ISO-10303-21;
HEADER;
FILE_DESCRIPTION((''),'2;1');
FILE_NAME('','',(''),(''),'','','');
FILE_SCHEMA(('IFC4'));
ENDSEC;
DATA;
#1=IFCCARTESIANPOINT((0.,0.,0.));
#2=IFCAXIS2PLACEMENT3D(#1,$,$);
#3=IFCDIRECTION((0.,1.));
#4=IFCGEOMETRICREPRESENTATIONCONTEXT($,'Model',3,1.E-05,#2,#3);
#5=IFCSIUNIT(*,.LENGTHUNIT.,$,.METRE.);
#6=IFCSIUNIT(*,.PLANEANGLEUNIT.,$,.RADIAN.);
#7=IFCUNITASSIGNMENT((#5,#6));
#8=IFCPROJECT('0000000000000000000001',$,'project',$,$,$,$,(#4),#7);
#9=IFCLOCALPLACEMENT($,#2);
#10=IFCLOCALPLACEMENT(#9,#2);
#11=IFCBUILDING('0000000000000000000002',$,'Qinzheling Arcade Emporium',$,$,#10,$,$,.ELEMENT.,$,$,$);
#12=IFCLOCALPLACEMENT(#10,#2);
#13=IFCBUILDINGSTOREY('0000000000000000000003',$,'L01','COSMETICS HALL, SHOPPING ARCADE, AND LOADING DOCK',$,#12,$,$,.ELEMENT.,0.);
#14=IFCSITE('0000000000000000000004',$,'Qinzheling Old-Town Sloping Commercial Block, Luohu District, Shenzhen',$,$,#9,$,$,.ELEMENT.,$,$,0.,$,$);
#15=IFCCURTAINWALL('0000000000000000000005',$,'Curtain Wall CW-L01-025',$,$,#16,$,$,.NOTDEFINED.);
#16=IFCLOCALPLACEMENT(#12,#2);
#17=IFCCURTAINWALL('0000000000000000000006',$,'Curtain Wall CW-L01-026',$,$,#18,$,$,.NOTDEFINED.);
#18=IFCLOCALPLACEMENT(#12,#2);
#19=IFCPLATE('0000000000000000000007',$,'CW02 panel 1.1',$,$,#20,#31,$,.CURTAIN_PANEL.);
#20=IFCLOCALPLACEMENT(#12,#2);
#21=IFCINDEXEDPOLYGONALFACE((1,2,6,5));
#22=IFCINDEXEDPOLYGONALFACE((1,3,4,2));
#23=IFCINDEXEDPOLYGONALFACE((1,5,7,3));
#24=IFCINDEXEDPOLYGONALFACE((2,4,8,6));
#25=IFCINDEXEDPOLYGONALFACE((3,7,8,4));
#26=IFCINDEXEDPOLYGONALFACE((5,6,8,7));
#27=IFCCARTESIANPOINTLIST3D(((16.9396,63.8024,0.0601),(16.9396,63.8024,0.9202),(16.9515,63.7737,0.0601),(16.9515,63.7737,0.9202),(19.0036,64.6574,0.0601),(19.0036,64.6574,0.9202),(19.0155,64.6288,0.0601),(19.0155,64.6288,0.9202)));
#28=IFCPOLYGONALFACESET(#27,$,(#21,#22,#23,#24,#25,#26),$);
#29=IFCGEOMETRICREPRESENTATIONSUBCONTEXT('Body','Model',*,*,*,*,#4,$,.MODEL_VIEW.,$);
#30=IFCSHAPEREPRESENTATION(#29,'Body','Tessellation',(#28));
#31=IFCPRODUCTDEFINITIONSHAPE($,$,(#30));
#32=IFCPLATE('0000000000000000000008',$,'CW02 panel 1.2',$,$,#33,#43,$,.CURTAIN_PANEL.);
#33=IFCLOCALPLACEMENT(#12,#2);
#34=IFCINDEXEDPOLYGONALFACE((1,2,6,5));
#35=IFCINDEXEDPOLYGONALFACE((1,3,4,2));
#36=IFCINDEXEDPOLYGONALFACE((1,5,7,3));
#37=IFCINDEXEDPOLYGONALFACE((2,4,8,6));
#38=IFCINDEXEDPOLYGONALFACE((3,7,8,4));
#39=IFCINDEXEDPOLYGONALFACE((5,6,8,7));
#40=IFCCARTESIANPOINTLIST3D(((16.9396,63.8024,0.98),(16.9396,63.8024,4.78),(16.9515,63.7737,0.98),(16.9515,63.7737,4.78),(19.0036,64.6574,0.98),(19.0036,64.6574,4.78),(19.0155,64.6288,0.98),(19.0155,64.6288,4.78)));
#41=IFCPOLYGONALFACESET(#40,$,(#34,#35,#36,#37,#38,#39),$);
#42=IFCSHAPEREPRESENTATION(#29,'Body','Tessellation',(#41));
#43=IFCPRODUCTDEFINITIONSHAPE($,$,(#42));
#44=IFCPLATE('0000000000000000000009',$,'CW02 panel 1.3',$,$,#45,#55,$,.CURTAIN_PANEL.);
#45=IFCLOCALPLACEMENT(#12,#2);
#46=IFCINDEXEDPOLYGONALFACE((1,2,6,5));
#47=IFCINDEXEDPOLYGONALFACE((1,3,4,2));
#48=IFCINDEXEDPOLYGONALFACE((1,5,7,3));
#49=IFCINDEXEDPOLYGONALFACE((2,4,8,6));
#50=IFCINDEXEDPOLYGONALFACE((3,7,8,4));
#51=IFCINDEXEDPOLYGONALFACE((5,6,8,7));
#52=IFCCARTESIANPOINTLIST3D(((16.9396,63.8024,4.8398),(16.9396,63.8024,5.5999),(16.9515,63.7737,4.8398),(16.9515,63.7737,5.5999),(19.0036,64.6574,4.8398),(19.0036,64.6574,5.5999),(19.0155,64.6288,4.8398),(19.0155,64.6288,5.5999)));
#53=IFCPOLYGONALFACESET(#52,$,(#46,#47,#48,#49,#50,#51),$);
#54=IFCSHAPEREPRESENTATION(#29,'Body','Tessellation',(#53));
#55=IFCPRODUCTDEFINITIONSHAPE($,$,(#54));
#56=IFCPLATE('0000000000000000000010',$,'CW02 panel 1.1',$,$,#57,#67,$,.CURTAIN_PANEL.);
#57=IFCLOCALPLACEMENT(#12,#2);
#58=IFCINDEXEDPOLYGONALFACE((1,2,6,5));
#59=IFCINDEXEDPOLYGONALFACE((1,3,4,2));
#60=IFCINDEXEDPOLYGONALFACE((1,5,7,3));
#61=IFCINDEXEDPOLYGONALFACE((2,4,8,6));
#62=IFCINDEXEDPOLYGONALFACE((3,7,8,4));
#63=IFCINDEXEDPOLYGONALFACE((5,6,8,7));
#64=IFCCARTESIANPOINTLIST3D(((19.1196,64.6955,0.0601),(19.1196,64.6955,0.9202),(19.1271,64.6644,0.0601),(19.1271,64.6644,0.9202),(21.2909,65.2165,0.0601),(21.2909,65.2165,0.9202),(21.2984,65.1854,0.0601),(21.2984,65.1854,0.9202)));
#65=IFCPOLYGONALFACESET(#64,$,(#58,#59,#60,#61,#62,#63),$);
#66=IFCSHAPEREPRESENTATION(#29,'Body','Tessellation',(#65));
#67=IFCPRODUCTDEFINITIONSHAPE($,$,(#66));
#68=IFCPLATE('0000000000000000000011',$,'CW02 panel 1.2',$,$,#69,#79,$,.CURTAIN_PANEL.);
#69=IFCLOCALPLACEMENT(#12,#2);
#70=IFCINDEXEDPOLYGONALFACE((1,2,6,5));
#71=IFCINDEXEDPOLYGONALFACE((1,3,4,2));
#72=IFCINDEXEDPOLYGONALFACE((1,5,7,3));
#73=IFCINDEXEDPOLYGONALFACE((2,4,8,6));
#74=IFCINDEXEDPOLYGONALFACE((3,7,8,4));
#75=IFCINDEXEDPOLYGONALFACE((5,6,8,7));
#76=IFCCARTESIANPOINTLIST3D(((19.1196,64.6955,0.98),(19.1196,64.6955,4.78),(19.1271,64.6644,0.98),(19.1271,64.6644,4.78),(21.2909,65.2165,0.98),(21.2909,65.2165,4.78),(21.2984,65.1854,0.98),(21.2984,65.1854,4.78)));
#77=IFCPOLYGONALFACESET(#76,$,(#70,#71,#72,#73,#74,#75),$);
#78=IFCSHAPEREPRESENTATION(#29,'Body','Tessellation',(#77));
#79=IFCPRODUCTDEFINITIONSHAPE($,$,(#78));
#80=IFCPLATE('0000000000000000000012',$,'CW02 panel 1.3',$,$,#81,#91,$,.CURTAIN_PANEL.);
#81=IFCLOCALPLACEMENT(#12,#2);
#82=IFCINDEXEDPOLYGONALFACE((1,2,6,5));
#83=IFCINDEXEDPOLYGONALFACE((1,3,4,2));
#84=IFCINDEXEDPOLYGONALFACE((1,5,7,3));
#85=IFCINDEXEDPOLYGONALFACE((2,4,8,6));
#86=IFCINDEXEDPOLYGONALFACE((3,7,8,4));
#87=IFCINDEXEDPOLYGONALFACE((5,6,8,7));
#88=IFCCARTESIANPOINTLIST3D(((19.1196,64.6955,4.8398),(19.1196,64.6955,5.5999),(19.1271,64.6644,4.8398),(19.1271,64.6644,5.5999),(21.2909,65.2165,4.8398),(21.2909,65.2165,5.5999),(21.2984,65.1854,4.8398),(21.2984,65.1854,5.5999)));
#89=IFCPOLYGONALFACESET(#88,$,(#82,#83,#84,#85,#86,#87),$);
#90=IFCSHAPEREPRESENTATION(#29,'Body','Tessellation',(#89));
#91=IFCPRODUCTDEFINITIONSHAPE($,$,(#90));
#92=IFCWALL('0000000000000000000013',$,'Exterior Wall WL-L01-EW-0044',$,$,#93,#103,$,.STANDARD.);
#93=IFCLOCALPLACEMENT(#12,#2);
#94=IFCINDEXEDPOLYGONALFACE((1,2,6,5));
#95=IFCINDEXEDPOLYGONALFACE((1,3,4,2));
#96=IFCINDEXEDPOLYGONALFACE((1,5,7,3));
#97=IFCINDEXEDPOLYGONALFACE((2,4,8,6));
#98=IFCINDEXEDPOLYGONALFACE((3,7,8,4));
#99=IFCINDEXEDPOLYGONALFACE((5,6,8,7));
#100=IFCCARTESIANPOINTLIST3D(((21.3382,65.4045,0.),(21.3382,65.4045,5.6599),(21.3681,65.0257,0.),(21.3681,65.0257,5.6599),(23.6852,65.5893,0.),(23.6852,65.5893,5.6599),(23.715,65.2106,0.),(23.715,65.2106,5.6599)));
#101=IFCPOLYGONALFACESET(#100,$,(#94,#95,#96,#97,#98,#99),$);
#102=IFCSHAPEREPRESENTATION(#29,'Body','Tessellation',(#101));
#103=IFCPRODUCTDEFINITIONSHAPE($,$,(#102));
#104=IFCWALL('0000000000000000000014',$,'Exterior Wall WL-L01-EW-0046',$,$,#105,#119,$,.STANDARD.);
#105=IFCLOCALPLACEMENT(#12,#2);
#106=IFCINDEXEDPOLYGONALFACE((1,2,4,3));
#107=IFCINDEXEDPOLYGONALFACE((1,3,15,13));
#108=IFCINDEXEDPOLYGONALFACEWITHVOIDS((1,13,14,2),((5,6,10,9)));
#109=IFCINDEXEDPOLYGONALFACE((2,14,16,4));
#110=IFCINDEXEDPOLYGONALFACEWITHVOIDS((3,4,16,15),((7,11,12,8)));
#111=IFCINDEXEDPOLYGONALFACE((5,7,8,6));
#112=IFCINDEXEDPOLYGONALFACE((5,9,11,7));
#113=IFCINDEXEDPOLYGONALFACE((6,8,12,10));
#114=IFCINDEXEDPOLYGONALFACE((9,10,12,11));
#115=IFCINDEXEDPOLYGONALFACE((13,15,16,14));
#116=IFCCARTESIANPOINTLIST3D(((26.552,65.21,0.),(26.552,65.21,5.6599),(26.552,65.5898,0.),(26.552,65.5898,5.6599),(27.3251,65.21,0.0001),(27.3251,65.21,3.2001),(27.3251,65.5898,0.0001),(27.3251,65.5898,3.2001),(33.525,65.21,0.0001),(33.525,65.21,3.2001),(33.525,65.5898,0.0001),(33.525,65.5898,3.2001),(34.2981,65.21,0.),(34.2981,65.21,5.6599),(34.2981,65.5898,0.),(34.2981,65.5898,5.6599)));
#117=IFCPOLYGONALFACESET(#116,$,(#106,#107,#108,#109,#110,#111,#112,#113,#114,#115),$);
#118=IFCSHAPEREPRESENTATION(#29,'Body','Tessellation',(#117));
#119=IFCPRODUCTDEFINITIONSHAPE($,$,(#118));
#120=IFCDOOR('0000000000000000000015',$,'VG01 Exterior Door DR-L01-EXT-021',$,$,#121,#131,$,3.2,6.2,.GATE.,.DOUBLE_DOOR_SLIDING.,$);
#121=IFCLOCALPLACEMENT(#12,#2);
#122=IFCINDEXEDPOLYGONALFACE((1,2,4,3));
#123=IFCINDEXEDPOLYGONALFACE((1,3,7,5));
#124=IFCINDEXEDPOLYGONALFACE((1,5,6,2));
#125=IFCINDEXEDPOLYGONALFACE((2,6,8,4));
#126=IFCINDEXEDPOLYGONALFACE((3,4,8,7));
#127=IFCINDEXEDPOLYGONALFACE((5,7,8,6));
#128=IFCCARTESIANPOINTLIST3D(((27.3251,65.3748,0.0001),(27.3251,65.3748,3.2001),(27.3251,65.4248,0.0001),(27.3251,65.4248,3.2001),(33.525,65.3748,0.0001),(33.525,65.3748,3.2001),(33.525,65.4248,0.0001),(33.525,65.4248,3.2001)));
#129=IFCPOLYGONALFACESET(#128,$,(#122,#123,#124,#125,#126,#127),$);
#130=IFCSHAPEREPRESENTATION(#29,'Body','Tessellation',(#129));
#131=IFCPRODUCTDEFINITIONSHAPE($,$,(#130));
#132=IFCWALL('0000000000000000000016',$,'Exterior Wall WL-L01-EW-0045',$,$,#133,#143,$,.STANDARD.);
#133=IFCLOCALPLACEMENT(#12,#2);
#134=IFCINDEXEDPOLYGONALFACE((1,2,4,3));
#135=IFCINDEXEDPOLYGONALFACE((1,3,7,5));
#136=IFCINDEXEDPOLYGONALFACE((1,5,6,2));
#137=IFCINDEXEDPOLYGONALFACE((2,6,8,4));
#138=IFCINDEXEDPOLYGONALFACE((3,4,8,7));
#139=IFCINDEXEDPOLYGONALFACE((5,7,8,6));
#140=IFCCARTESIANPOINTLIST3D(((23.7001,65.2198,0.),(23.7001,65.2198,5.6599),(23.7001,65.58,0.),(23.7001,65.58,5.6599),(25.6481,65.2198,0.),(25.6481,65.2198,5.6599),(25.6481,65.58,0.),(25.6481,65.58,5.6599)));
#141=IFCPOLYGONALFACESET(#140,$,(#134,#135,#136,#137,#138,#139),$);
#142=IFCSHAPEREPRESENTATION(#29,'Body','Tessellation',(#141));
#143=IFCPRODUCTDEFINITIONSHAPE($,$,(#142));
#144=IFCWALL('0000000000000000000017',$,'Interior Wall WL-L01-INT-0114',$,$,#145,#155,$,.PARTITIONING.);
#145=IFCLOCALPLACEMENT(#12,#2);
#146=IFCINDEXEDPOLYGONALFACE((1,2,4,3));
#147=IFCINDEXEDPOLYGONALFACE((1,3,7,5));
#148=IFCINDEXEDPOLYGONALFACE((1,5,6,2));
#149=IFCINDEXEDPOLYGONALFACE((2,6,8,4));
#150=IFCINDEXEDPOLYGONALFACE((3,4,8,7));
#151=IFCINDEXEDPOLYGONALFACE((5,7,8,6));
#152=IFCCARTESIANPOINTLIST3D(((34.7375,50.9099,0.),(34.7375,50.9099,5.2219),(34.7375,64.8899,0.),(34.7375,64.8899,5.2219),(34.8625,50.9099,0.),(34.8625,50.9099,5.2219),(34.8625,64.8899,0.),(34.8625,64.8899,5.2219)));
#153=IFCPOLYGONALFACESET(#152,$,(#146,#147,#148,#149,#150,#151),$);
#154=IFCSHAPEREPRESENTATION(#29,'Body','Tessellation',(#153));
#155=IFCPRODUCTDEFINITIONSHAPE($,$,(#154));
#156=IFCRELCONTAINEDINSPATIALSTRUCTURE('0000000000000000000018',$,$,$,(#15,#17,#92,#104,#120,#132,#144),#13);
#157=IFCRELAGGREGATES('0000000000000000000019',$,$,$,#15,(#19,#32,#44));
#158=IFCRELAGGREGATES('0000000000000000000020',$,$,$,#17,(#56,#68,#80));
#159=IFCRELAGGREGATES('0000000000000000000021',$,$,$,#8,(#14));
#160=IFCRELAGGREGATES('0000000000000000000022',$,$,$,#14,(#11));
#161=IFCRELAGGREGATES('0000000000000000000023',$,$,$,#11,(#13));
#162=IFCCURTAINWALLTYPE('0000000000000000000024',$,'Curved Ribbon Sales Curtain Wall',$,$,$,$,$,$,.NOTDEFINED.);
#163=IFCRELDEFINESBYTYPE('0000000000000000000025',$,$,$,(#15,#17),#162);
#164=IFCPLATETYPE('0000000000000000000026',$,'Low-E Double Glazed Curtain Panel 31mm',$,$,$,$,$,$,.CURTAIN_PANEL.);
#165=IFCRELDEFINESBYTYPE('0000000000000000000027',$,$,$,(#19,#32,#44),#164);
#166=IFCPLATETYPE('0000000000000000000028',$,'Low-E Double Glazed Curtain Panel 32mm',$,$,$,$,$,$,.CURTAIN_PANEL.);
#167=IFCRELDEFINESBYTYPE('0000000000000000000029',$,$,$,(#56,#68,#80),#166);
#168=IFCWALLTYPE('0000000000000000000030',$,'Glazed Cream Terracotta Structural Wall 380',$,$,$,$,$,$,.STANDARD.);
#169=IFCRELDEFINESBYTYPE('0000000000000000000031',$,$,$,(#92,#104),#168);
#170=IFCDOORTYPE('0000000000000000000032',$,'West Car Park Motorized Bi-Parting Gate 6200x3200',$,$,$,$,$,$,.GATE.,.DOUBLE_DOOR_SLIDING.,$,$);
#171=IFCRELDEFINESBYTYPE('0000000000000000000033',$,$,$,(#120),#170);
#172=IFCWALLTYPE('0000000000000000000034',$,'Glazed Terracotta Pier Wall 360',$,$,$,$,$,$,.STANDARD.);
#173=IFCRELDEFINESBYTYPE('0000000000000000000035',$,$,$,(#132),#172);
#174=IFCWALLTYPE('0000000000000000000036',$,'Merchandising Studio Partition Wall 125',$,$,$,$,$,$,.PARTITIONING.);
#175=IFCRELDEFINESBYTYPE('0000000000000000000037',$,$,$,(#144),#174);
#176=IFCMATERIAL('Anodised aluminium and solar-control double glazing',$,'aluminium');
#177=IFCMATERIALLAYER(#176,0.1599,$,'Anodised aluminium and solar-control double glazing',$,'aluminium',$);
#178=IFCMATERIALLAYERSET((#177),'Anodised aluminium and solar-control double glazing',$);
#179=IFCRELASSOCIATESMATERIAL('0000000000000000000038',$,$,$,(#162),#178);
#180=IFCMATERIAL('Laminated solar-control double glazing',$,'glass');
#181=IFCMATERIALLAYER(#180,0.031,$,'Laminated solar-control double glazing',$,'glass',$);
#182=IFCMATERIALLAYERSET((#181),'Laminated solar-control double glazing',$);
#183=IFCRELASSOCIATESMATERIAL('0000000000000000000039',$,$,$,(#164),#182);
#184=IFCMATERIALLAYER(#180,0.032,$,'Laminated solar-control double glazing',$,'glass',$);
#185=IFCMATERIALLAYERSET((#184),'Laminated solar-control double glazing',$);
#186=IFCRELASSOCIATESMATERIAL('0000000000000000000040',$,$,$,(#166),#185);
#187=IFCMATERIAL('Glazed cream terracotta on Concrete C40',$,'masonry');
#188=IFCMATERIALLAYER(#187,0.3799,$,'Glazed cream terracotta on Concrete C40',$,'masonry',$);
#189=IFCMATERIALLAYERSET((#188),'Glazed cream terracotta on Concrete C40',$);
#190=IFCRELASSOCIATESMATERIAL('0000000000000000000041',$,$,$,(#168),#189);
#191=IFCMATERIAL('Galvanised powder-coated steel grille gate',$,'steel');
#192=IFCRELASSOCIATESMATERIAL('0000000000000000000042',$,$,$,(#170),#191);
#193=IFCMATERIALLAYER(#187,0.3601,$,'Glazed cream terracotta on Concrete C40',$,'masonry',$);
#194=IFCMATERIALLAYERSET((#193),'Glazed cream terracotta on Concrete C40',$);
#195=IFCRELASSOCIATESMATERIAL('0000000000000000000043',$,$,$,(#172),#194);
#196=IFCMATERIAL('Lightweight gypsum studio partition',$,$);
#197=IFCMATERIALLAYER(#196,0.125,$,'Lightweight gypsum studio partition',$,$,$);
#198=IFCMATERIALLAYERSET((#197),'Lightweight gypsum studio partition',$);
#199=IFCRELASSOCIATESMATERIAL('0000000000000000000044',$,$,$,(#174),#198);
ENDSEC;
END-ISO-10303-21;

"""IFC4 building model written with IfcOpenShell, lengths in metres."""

from ifc_helpers import new_model, si_unit, direction, frame, frame_2d, origin, origin_2d, place, context, subcontext, project, spatial, rectangle, extrude, material, layer, layer_set, type_object, element, fill, aggregate, save


model = new_model("IFC4")

# Units and contexts
model_context = context("Model", 3, precision=1e-05, world=origin(), true_north=direction((0.0, 1.0)))
body_context = subcontext(model_context, "Body", "Model", "MODEL_VIEW")
ifc_project = project(units=[si_unit("LENGTHUNIT", "METRE"), si_unit("PLANEANGLEUNIT", "RADIAN")], contexts=[model_context])

# Site, building, storey
site_placement = place(None, origin())
site = spatial("IfcSite", under=ifc_project, at=site_placement, Name="Qinzheling Old-Town Sloping Commercial Block, Luohu District, Shenzhen", CompositionType="ELEMENT", RefElevation=0.0)
building_placement = place(site_placement, origin())
building = spatial("IfcBuilding", under=site, at=building_placement, Name="Qinzheling Arcade Emporium", CompositionType="ELEMENT")
storey_placement = place(building_placement, origin())
storey = spatial("IfcBuildingStorey", under=building, at=storey_placement, Name="L01", Description="COSMETICS HALL, SHOPPING ARCADE, AND LOADING DOCK", CompositionType="ELEMENT", Elevation=0.0)

# Curtain walls
ifc_material_1 = material(Name="Anodised aluminium and solar-control double glazing", Category="aluminium")
ifc_layer_1 = layer(ifc_material_1, 0.1599, Name="Anodised aluminium and solar-control double glazing", Category="aluminium")
ifc_layer_set_1 = layer_set([ifc_layer_1], Name="Anodised aluminium and solar-control double glazing")
curtain_wall_type = type_object("IfcCurtainWallType", Name="Curved Ribbon Sales Curtain Wall", PredefinedType="NOTDEFINED", material=ifc_layer_set_1)
curtain_wall_1_placement = place(storey_placement, origin())
curtain_wall_1 = element("IfcCurtainWall", 1, at=curtain_wall_1_placement, inside=storey, type_object=curtain_wall_type, Name="Curtain Wall CW-L01-025", PredefinedType="NOTDEFINED")
curtain_wall_2_placement = place(storey_placement, origin())
curtain_wall_2 = element("IfcCurtainWall", 2, at=curtain_wall_2_placement, inside=storey, type_object=curtain_wall_type, Name="Curtain Wall CW-L01-026", PredefinedType="NOTDEFINED")

# Plates
ifc_material_2 = material(Name="Laminated solar-control double glazing", Category="glass")
ifc_layer_2 = layer(ifc_material_2, 0.031, Name="Laminated solar-control double glazing", Category="glass")
ifc_layer_set_2 = layer_set([ifc_layer_2], Name="Laminated solar-control double glazing")
plate_type_1 = type_object("IfcPlateType", Name="Low-E Double Glazed Curtain Panel 31mm", PredefinedType="CURTAIN_PANEL", material=ifc_layer_set_2)
plate_1_placement = place(storey_placement, frame((17.9775, 64.2156, 0.0601), z_axis=(0.0, 0.0, 1.0), x_axis=(0.923867, 0.382714, 0.0)))
plate_1 = element("IfcPlate", 3, at=plate_1_placement, type_object=plate_type_1, Name="CW02 panel 1.1", PredefinedType="CURTAIN_PANEL", context=body_context, shape_type="SweptSolid", body=[
    extrude(rectangle(XDim=2.2341, YDim=0.031, at=origin_2d()), origin(), (0.0, 0.0, 1.0), 0.8601),
])
plate_2_placement = place(storey_placement, frame((17.9775, 64.2156, 0.98), z_axis=(0.0, 0.0, 1.0), x_axis=(0.923867, 0.382714, 0.0)))
plate_2 = element("IfcPlate", 4, at=plate_2_placement, type_object=plate_type_1, Name="CW02 panel 1.2", PredefinedType="CURTAIN_PANEL", context=body_context, shape_type="SweptSolid", body=[
    extrude(rectangle(XDim=2.2341, YDim=0.031, at=origin_2d()), origin(), (0.0, 0.0, 1.0), 3.8),
])
plate_3_placement = place(storey_placement, frame((17.9775, 64.2156, 4.8398), z_axis=(0.0, 0.0, 1.0), x_axis=(0.923867, 0.382714, 0.0)))
plate_3 = element("IfcPlate", 5, at=plate_3_placement, type_object=plate_type_1, Name="CW02 panel 1.3", PredefinedType="CURTAIN_PANEL", context=body_context, shape_type="SweptSolid", body=[
    extrude(rectangle(XDim=2.2341, YDim=0.031, at=origin_2d()), origin(), (0.0, 0.0, 1.0), 0.76),
])
aggregate(curtain_wall_1, [plate_1, plate_2, plate_3])
ifc_layer_3 = layer(ifc_material_2, 0.032, Name="Laminated solar-control double glazing", Category="glass")
ifc_layer_set_3 = layer_set([ifc_layer_3], Name="Laminated solar-control double glazing")
plate_type_2 = type_object("IfcPlateType", Name="Low-E Double Glazed Curtain Panel 32mm", PredefinedType="CURTAIN_PANEL", material=ifc_layer_set_3)
plate_4_placement = place(storey_placement, frame((20.209, 64.9404, 0.0601), z_axis=(0.0, 0.0, 1.0), x_axis=(0.972399, 0.233325, 0.0)))
plate_4 = element("IfcPlate", 6, at=plate_4_placement, type_object=plate_type_2, Name="CW02 panel 1.1", PredefinedType="CURTAIN_PANEL", context=body_context, shape_type="SweptSolid", body=[
    extrude(rectangle(XDim=2.2329, YDim=0.032, at=origin_2d()), origin(), (0.0, 0.0, 1.0), 0.8601),
])
plate_5_placement = place(storey_placement, frame((20.209, 64.9404, 0.98), z_axis=(0.0, 0.0, 1.0), x_axis=(0.972399, 0.233325, 0.0)))
plate_5 = element("IfcPlate", 7, at=plate_5_placement, type_object=plate_type_2, Name="CW02 panel 1.2", PredefinedType="CURTAIN_PANEL", context=body_context, shape_type="SweptSolid", body=[
    extrude(rectangle(XDim=2.2329, YDim=0.032, at=origin_2d()), origin(), (0.0, 0.0, 1.0), 3.8),
])
plate_6_placement = place(storey_placement, frame((20.209, 64.9404, 4.8398), z_axis=(0.0, 0.0, 1.0), x_axis=(0.972399, 0.233325, 0.0)))
plate_6 = element("IfcPlate", 8, at=plate_6_placement, type_object=plate_type_2, Name="CW02 panel 1.3", PredefinedType="CURTAIN_PANEL", context=body_context, shape_type="SweptSolid", body=[
    extrude(rectangle(XDim=2.2329, YDim=0.032, at=origin_2d()), origin(), (0.0, 0.0, 1.0), 0.76),
])
aggregate(curtain_wall_2, [plate_4, plate_5, plate_6])

# Wall
ifc_material_3 = material(Name="Glazed cream terracotta on Concrete C40", Category="masonry")
ifc_layer_4 = layer(ifc_material_3, 0.3799, Name="Glazed cream terracotta on Concrete C40", Category="masonry")
ifc_layer_set_4 = layer_set([ifc_layer_4], Name="Glazed cream terracotta on Concrete C40")
wall_type_1 = type_object("IfcWallType", Name="Glazed Cream Terracotta Structural Wall 380", PredefinedType="STANDARD", material=ifc_layer_set_4)
wall_1_placement = place(storey_placement, frame((21.353, 65.2151, 0.0), z_axis=(0.0, 0.0, 1.0), x_axis=(0.996914, 0.078504, 0.0)))
element("IfcWall", 9, at=wall_1_placement, inside=storey, type_object=wall_type_1, Name="Exterior Wall WL-L01-EW-0044", PredefinedType="STANDARD", context=body_context, shape_type="SweptSolid", body=[
    extrude(rectangle(XDim=2.3542, YDim=0.3799, at=frame_2d((1.1772, 0.0))), origin(), (0.0, 0.0, 1.0), 5.6599),
])

# Wall, opening, door
wall_2_placement = place(storey_placement, frame((26.552, 65.3999, 0.0), z_axis=(0.0, 0.0, 1.0), x_axis=(1.0, 0.0, 0.0)))
wall_2 = element("IfcWall", 10, at=wall_2_placement, inside=storey, type_object=wall_type_1, Name="Exterior Wall WL-L01-EW-0046", PredefinedType="STANDARD", context=body_context, shape_type="SweptSolid", body=[
    extrude(rectangle(XDim=7.7461, YDim=0.3799, at=frame_2d((3.873, 0.0))), origin(), (0.0, 0.0, 1.0), 5.6599),
])
opening_placement = place(wall_2_placement, frame((0.7729, 0.0, 0.0)))
opening = element("IfcOpeningElement", 11, at=opening_placement, cuts=wall_2, PredefinedType="OPENING", context=body_context, shape_type="SweptSolid", body=[
    extrude(rectangle(XDim=6.2, YDim=3.2, at=frame_2d((3.1001, 1.6001))), frame((0.0, 0.2, 0.0), z_axis=(0.0, -1.0, 0.0), x_axis=(1.0, 0.0, 0.0)), (0.0, 0.0, 1.0), 0.3999),
])
ifc_material_4 = material(Name="Galvanised powder-coated steel grille gate", Category="steel")
door_type = type_object("IfcDoorType", Name="West Car Park Motorized Bi-Parting Gate 6200x3200", OperationType="DOUBLE_DOOR_SLIDING", PredefinedType="GATE", material=ifc_material_4)
door_placement = place(opening_placement, origin())
door = element("IfcDoor", 12, at=door_placement, inside=storey, type_object=door_type, Name="VG01 Exterior Door DR-L01-EXT-021", OperationType="DOUBLE_DOOR_SLIDING", OverallHeight=3.2, OverallWidth=6.2, PredefinedType="GATE", context=body_context, shape_type="SweptSolid", body=[
    extrude(rectangle(XDim=6.2, YDim=3.2, at=frame_2d((3.1001, 1.6001))), frame((0.0, 0.0249, 0.0), z_axis=(0.0, -1.0, 0.0), x_axis=(1.0, 0.0, 0.0)), (0.0, 0.0, 1.0), 0.05),
])
fill(opening, door)

# Walls
ifc_layer_5 = layer(ifc_material_3, 0.3601, Name="Glazed cream terracotta on Concrete C40", Category="masonry")
ifc_layer_set_5 = layer_set([ifc_layer_5], Name="Glazed cream terracotta on Concrete C40")
wall_type_2 = type_object("IfcWallType", Name="Glazed Terracotta Pier Wall 360", PredefinedType="STANDARD", material=ifc_layer_set_5)
wall_3_placement = place(storey_placement, frame((23.7, 65.3999, 0.0), z_axis=(0.0, 0.0, 1.0), x_axis=(1.0, 0.0, 0.0)))
element("IfcWall", 13, at=wall_3_placement, inside=storey, type_object=wall_type_2, Name="Exterior Wall WL-L01-EW-0045", PredefinedType="STANDARD", context=body_context, shape_type="SweptSolid", body=[
    extrude(rectangle(XDim=1.948, YDim=0.3601, at=frame_2d((0.9741, 0.0))), origin(), (0.0, 0.0, 1.0), 5.6599),
])
ifc_material_5 = material(Name="Lightweight gypsum studio partition")
ifc_layer_6 = layer(ifc_material_5, 0.125, Name="Lightweight gypsum studio partition")
ifc_layer_set_6 = layer_set([ifc_layer_6], Name="Lightweight gypsum studio partition")
wall_type_3 = type_object("IfcWallType", Name="Merchandising Studio Partition Wall 125", PredefinedType="PARTITIONING", material=ifc_layer_set_6)
wall_4_placement = place(storey_placement, frame((34.8, 64.8899, 0.0), z_axis=(0.0, 0.0, 1.0), x_axis=(0.0, -1.0, 0.0)))
element("IfcWall", 14, at=wall_4_placement, inside=storey, type_object=wall_type_3, Name="Interior Wall WL-L01-INT-0114", PredefinedType="PARTITIONING", context=body_context, shape_type="SweptSolid", body=[
    extrude(rectangle(XDim=13.98, YDim=0.125, at=frame_2d((6.99, 0.0))), origin(), (0.0, 0.0, 1.0), 5.2219),
])

save(model, "model.ifc")
